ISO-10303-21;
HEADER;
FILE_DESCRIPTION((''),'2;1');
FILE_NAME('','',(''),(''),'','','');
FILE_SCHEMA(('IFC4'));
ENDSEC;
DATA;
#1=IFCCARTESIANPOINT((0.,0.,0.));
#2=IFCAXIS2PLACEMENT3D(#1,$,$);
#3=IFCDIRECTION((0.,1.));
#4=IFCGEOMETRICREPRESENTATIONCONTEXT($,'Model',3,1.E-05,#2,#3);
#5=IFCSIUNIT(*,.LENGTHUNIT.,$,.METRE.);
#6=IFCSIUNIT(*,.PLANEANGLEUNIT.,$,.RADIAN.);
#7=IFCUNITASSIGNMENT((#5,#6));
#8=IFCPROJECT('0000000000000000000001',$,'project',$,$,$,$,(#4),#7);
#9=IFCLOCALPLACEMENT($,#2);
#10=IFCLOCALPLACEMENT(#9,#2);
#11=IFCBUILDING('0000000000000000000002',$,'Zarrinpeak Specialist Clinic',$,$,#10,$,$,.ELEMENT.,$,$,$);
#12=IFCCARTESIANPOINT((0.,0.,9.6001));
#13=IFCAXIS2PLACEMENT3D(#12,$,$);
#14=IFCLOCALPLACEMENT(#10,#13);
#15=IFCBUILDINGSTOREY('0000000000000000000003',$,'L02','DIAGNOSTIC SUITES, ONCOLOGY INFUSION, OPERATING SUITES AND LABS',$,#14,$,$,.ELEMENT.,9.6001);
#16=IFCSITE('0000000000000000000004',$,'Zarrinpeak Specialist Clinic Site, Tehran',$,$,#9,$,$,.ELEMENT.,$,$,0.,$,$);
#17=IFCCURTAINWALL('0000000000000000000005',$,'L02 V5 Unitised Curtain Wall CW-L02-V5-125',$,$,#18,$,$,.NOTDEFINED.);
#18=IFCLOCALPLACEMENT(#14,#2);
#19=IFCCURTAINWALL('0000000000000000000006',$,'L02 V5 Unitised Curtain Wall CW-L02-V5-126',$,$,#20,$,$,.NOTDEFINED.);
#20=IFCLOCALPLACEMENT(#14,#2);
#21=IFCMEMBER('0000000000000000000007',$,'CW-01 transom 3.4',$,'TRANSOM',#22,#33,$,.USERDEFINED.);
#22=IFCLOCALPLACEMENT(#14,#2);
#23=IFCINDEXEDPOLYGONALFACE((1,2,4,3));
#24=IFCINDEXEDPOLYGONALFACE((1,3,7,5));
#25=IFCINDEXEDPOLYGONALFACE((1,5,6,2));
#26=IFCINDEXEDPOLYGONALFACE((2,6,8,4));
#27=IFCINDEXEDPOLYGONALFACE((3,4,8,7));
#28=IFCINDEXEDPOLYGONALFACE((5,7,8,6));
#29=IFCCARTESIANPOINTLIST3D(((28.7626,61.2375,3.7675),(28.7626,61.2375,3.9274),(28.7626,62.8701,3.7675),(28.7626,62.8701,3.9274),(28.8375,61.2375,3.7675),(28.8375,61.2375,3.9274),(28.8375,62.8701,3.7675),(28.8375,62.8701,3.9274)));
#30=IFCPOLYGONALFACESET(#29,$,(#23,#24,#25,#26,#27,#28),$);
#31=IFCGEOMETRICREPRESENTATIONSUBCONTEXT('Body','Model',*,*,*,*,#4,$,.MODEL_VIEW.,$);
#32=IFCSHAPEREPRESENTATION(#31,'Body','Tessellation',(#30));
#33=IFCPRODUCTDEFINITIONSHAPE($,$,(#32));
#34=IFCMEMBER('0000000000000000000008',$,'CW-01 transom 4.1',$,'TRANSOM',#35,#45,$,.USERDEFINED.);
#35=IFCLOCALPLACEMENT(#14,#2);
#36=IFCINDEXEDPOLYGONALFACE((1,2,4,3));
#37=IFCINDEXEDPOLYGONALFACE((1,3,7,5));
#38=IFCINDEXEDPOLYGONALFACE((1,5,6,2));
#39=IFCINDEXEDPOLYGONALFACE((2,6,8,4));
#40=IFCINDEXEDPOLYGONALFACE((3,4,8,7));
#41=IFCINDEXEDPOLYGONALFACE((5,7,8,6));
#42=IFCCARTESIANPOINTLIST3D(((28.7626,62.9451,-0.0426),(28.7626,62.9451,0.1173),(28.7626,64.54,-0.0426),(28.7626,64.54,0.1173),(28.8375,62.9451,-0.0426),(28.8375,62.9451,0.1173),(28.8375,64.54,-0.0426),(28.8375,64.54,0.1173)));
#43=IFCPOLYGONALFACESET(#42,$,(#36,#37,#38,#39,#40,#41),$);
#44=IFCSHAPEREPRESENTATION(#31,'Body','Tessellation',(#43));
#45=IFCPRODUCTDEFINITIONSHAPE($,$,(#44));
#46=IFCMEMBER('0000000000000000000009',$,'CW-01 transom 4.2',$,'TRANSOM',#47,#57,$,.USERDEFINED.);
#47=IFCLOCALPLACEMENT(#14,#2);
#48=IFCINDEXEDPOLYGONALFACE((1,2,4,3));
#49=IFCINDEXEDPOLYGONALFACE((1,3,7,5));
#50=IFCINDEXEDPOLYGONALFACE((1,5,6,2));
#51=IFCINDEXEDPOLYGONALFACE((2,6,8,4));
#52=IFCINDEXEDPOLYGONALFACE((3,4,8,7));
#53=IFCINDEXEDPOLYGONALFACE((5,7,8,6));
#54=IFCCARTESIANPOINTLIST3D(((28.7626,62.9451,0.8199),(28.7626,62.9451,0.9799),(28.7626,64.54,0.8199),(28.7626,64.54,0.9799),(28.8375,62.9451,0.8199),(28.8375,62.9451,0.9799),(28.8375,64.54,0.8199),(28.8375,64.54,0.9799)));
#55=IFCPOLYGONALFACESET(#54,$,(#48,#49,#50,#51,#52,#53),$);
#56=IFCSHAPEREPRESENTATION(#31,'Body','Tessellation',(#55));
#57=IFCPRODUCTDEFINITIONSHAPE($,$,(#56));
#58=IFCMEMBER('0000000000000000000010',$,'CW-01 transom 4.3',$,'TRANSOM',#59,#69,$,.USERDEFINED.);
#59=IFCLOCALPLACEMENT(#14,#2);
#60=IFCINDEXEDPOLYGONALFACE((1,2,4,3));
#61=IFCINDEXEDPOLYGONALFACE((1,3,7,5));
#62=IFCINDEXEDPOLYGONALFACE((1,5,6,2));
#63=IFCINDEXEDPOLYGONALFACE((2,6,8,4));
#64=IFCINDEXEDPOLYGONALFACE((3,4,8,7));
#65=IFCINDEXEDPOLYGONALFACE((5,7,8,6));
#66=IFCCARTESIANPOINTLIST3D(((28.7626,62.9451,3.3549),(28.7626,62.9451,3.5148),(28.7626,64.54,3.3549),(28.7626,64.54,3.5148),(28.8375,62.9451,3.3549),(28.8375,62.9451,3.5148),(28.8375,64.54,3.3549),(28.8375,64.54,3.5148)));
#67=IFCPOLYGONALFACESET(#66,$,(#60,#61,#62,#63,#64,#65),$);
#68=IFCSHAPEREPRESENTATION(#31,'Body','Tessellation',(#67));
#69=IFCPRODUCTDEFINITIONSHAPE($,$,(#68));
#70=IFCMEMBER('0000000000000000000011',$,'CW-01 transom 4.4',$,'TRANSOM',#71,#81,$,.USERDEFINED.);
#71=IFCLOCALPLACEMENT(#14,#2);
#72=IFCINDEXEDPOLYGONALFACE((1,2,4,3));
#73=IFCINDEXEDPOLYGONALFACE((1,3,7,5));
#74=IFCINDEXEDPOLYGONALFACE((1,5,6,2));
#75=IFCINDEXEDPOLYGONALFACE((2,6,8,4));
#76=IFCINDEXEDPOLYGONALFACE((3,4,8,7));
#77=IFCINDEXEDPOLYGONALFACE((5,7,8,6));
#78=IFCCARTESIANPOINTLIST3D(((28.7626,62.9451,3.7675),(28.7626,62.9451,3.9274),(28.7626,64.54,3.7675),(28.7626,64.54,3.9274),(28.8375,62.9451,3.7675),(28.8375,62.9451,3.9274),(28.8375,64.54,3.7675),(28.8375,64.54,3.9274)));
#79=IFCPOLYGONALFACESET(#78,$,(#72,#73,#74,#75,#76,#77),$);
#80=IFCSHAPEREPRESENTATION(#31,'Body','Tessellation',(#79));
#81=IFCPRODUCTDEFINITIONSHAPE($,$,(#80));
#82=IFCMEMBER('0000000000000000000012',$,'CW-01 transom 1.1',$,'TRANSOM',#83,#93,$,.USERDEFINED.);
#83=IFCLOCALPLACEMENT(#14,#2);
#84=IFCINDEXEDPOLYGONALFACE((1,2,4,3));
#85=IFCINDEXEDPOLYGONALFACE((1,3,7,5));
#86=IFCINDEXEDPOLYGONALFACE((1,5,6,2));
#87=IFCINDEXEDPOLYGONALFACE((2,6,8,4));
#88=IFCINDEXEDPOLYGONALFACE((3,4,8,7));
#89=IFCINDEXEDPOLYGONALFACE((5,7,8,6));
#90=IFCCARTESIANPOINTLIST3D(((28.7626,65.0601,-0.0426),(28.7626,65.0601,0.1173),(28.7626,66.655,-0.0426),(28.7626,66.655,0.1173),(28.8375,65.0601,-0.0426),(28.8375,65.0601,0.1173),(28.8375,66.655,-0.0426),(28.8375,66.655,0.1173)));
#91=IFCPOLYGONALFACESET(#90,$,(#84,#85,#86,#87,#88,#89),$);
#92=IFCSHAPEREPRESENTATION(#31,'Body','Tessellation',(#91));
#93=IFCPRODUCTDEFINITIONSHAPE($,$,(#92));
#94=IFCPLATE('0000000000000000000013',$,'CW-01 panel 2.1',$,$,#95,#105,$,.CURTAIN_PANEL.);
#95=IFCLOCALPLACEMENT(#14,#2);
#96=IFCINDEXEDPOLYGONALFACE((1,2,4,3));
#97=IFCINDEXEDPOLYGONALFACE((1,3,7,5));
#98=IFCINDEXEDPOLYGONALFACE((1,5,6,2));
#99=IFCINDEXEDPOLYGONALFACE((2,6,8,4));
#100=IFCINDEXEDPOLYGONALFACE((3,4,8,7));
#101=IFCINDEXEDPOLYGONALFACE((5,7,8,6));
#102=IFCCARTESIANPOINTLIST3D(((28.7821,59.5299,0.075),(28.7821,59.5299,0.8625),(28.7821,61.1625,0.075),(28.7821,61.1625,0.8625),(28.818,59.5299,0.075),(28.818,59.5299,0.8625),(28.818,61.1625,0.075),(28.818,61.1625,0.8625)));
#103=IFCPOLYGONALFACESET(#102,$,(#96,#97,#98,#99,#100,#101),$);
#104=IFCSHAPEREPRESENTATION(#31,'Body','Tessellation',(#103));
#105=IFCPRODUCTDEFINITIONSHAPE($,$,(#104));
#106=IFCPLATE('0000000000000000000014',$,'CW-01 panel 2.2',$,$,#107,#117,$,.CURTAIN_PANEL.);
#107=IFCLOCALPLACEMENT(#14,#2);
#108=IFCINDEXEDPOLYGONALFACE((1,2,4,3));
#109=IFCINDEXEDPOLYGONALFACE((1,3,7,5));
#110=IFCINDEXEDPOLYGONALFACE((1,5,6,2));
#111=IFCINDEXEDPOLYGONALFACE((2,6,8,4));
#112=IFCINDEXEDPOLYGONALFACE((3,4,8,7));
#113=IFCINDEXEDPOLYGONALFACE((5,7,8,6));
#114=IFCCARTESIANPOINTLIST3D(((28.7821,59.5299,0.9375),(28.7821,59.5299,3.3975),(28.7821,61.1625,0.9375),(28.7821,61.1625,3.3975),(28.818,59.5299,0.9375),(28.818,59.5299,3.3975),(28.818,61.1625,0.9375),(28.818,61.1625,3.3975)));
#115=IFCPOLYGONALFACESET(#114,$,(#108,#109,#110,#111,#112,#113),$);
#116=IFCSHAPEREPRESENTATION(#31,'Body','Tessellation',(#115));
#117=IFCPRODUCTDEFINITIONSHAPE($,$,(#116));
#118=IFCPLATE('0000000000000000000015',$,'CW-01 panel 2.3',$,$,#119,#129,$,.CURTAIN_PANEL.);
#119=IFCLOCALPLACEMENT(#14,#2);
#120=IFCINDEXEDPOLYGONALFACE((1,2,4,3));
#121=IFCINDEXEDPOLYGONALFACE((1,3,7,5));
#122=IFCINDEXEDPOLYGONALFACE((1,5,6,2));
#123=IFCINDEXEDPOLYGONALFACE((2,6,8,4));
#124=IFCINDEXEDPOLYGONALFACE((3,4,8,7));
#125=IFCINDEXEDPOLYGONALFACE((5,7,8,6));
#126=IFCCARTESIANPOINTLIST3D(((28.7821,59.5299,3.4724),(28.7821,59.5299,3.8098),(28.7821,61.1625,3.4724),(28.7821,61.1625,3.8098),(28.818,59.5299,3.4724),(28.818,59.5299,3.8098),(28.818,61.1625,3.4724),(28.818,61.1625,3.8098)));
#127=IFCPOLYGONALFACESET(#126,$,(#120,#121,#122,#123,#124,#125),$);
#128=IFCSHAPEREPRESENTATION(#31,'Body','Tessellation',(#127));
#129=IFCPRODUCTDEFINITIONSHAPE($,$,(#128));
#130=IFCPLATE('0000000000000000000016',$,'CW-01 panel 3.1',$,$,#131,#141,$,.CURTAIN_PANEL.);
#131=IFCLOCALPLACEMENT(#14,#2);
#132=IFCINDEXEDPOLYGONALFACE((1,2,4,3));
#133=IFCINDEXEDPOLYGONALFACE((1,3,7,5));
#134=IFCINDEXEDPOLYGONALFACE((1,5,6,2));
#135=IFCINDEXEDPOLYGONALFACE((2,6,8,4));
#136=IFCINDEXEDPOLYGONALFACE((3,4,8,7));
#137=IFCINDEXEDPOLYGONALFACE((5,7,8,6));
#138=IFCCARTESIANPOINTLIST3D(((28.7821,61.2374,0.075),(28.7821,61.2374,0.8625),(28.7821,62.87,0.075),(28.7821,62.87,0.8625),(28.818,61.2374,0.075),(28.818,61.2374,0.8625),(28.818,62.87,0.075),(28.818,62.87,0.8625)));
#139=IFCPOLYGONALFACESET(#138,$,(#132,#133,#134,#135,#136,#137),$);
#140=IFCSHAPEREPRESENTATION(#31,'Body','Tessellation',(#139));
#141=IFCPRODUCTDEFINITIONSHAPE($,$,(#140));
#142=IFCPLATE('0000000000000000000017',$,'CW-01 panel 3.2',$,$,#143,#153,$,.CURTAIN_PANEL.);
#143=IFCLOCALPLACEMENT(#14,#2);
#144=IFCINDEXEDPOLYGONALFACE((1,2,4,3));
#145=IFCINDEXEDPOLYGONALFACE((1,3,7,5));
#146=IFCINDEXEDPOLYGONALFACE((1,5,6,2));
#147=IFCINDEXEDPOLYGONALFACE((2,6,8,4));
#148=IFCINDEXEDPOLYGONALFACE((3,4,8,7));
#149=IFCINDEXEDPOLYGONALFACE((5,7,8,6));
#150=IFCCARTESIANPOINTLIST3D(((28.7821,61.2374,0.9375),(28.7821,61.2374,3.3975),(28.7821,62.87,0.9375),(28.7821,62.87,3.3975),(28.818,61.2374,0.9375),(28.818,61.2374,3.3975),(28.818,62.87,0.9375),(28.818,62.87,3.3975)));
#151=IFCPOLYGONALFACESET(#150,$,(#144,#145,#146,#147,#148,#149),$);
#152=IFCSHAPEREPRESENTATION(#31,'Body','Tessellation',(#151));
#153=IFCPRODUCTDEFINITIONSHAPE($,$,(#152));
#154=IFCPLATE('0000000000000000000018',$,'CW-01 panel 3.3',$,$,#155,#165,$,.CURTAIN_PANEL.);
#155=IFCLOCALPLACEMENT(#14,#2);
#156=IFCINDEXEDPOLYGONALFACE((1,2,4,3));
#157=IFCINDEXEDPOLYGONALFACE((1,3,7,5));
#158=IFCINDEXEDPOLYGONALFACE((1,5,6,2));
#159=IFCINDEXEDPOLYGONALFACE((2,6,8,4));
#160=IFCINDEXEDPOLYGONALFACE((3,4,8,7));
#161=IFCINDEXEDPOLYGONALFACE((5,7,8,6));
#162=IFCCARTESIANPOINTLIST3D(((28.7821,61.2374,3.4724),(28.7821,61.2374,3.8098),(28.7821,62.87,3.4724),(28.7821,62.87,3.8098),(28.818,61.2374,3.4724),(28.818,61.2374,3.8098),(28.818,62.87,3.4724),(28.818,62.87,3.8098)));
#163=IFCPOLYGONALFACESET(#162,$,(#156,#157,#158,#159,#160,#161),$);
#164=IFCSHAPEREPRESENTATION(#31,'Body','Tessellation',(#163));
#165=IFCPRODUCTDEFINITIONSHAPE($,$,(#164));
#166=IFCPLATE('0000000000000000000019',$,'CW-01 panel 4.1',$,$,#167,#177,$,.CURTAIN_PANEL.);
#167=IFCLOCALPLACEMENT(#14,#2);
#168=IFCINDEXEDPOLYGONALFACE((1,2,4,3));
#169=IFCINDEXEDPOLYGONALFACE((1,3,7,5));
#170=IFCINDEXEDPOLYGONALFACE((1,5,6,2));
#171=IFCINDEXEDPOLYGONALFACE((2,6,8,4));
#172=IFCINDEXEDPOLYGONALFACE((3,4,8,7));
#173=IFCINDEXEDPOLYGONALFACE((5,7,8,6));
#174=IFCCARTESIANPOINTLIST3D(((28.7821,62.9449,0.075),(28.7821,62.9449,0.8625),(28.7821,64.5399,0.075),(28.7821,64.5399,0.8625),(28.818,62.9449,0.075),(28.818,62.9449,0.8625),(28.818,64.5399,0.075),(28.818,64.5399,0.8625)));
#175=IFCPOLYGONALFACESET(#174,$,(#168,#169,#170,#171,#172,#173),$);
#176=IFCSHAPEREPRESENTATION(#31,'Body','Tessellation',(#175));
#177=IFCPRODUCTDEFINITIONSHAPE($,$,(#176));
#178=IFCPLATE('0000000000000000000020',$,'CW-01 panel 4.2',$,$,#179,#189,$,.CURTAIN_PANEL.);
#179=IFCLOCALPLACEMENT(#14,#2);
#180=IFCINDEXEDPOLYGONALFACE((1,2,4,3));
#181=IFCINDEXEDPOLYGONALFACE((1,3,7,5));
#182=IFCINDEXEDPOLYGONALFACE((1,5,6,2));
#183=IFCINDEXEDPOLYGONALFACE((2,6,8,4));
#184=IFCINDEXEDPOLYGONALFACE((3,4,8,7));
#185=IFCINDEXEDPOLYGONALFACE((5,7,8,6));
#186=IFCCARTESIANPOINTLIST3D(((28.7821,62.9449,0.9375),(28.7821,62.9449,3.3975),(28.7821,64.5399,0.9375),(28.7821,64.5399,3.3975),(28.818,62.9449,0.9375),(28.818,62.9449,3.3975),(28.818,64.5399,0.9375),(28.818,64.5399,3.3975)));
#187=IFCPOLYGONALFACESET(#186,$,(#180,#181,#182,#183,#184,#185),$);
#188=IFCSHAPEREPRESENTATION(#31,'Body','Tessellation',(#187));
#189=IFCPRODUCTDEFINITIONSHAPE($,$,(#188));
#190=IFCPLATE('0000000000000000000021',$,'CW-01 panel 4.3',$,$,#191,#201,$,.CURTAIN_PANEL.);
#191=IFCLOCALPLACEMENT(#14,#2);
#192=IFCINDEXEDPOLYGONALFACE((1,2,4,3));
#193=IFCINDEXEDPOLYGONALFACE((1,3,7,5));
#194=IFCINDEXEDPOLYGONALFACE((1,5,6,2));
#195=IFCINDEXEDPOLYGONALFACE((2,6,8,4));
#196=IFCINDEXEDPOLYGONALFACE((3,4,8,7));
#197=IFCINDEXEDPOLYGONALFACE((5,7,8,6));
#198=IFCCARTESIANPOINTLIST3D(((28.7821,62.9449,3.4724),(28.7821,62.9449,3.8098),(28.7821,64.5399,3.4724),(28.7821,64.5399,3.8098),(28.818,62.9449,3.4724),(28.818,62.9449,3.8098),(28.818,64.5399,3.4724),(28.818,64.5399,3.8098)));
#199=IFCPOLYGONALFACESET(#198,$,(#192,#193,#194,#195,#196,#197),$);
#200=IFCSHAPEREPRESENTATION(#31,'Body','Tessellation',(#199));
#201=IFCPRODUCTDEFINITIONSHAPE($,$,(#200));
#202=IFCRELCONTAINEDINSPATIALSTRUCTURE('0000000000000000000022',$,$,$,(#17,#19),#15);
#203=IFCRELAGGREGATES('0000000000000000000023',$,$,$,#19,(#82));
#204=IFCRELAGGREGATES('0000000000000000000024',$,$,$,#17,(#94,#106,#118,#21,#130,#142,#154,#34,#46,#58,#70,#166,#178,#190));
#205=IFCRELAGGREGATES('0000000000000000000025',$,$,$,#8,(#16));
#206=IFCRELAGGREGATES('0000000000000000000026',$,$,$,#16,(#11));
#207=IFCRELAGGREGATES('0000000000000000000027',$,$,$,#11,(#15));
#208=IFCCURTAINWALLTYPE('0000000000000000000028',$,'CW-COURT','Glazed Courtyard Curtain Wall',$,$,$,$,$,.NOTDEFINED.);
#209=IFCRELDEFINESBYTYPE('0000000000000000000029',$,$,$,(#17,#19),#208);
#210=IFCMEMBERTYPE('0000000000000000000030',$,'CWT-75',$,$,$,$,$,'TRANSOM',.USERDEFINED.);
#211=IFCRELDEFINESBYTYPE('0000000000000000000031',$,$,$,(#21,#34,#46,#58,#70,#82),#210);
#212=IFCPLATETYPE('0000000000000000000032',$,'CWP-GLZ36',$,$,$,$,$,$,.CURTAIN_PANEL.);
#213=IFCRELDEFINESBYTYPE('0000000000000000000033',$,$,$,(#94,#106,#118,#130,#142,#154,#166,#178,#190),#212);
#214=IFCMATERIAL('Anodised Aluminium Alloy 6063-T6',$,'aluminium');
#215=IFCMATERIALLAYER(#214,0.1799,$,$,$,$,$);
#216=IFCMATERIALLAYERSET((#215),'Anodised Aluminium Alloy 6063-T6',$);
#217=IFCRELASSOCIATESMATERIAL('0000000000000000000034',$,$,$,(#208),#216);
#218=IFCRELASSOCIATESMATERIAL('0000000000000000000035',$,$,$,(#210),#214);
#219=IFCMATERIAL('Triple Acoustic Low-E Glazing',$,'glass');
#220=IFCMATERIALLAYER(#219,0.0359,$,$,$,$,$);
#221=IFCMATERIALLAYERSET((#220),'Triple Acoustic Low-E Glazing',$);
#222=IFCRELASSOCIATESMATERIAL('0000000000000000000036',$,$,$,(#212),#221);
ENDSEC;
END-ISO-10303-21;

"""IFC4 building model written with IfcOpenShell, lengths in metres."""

from ifc_helpers import new_model, si_unit, direction, frame, origin, origin_2d, place, context, subcontext, project, spatial, rectangle, extrude, material, layer, layer_set, material_profile, profile_set, type_object, element, aggregate, save


model = new_model("IFC4")

# Units and contexts
model_context = context("Model", 3, precision=1e-05, world=origin(), true_north=direction((0.0, 1.0)))
body_context = subcontext(model_context, "Body", "Model", "MODEL_VIEW")
ifc_project = project(units=[si_unit("LENGTHUNIT", "METRE"), si_unit("PLANEANGLEUNIT", "RADIAN")], contexts=[model_context])

# Site, building, storey
site_placement = place(None, origin())
site = spatial("IfcSite", under=ifc_project, at=site_placement, Name="Zarrinpeak Specialist Clinic Site, Tehran", CompositionType="ELEMENT", RefElevation=0.0)
building_placement = place(site_placement, origin())
building = spatial("IfcBuilding", under=site, at=building_placement, Name="Zarrinpeak Specialist Clinic", CompositionType="ELEMENT")
storey_placement = place(building_placement, frame((0.0, 0.0, 9.6001)))
storey = spatial("IfcBuildingStorey", under=building, at=storey_placement, Name="L02", Description="DIAGNOSTIC SUITES, ONCOLOGY INFUSION, OPERATING SUITES AND LABS", CompositionType="ELEMENT", Elevation=9.6001)

# Curtain wall
ifc_material_1 = material(Name="Anodised Aluminium Alloy 6063-T6", Category="aluminium")
ifc_layer_1 = layer(ifc_material_1, 0.1799)
ifc_layer_set_1 = layer_set([ifc_layer_1], Name="Anodised Aluminium Alloy 6063-T6")
curtain_wall_type = type_object("IfcCurtainWallType", Name="CW-COURT", Description="Glazed Courtyard Curtain Wall", PredefinedType="NOTDEFINED", material=ifc_layer_set_1)
curtain_wall_1_placement = place(storey_placement, origin())
curtain_wall_1 = element("IfcCurtainWall", 1, at=curtain_wall_1_placement, inside=storey, type_object=curtain_wall_type, Name="L02 V5 Unitised Curtain Wall CW-L02-V5-125", PredefinedType="NOTDEFINED")

# Curtain wall
curtain_wall_2_placement = place(storey_placement, origin())
curtain_wall_2 = element("IfcCurtainWall", 2, at=curtain_wall_2_placement, inside=storey, type_object=curtain_wall_type, Name="L02 V5 Unitised Curtain Wall CW-L02-V5-126", PredefinedType="NOTDEFINED")

# Members
ifc_material_profile_1 = material_profile(ifc_material_1, rectangle(XDim=0.075, YDim=0.1599, at=origin_2d()), Name="ALU 75x160")
ifc_profile_set_1 = profile_set([ifc_material_profile_1], Name="Anodised Aluminium Alloy 6063-T6")
member_type_1 = type_object("IfcMemberType", Name="CWT-75", ElementType="TRANSOM", PredefinedType="USERDEFINED", material=ifc_profile_set_1)
member_1_placement = place(storey_placement, frame((28.8, 61.2375, 3.8474), z_axis=(0.0, 1.0, 0.0), x_axis=(-1.0, 0.0, 0.0)))
member_1 = element("IfcMember", 3, at=member_1_placement, type_object=member_type_1, Name="CW-01 transom 3.4", ObjectType="TRANSOM", PredefinedType="USERDEFINED", context=body_context, shape_type="SweptSolid", body=[
    extrude(rectangle(XDim=0.075, YDim=0.1599, at=origin_2d()), origin(), (0.0, 0.0, 1.0), 1.6326),
])
member_2_placement = place(storey_placement, frame((28.8, 62.9451, 0.0374), z_axis=(0.0, 1.0, 0.0), x_axis=(-1.0, 0.0, 0.0)))
member_2 = element("IfcMember", 4, at=member_2_placement, type_object=member_type_1, Name="CW-01 transom 4.1", ObjectType="TRANSOM", PredefinedType="USERDEFINED", context=body_context, shape_type="SweptSolid", body=[
    extrude(rectangle(XDim=0.075, YDim=0.1599, at=origin_2d()), origin(), (0.0, 0.0, 1.0), 1.595),
])
member_3_placement = place(storey_placement, frame((28.8, 62.9451, 0.8999), z_axis=(0.0, 1.0, 0.0), x_axis=(-1.0, 0.0, 0.0)))
member_3 = element("IfcMember", 5, at=member_3_placement, type_object=member_type_1, Name="CW-01 transom 4.2", ObjectType="TRANSOM", PredefinedType="USERDEFINED", context=body_context, shape_type="SweptSolid", body=[
    extrude(rectangle(XDim=0.075, YDim=0.1599, at=origin_2d()), origin(), (0.0, 0.0, 1.0), 1.595),
])
member_4_placement = place(storey_placement, frame((28.8, 62.9451, 3.4348), z_axis=(0.0, 1.0, 0.0), x_axis=(-1.0, 0.0, 0.0)))
member_4 = element("IfcMember", 6, at=member_4_placement, type_object=member_type_1, Name="CW-01 transom 4.3", ObjectType="TRANSOM", PredefinedType="USERDEFINED", context=body_context, shape_type="SweptSolid", body=[
    extrude(rectangle(XDim=0.075, YDim=0.1599, at=origin_2d()), origin(), (0.0, 0.0, 1.0), 1.595),
])
member_5_placement = place(storey_placement, frame((28.8, 62.9451, 3.8474), z_axis=(0.0, 1.0, 0.0), x_axis=(-1.0, 0.0, 0.0)))
member_5 = element("IfcMember", 7, at=member_5_placement, type_object=member_type_1, Name="CW-01 transom 4.4", ObjectType="TRANSOM", PredefinedType="USERDEFINED", context=body_context, shape_type="SweptSolid", body=[
    extrude(rectangle(XDim=0.075, YDim=0.1599, at=origin_2d()), origin(), (0.0, 0.0, 1.0), 1.595),
])
member_6_placement = place(storey_placement, frame((28.8, 65.0601, 0.0374), z_axis=(0.0, 1.0, 0.0), x_axis=(-1.0, 0.0, 0.0)))
member_6 = element("IfcMember", 8, at=member_6_placement, type_object=member_type_1, Name="CW-01 transom 1.1", ObjectType="TRANSOM", PredefinedType="USERDEFINED", context=body_context, shape_type="SweptSolid", body=[
    extrude(rectangle(XDim=0.075, YDim=0.1599, at=origin_2d()), origin(), (0.0, 0.0, 1.0), 1.595),
])
aggregate(curtain_wall_2, [member_6])

# Plates
ifc_material_2 = material(Name="Triple Acoustic Low-E Glazing", Category="glass")
ifc_layer_2 = layer(ifc_material_2, 0.0359)
ifc_layer_set_2 = layer_set([ifc_layer_2], Name="Triple Acoustic Low-E Glazing")
plate_type = type_object("IfcPlateType", Name="CWP-GLZ36", PredefinedType="CURTAIN_PANEL", material=ifc_layer_set_2)
plate_1_placement = place(storey_placement, frame((28.8, 60.3462, 0.075), z_axis=(0.0, 0.0, 1.0), x_axis=(0.0, 1.0, 0.0)))
plate_1 = element("IfcPlate", 9, at=plate_1_placement, type_object=plate_type, Name="CW-01 panel 2.1", PredefinedType="CURTAIN_PANEL", context=body_context, shape_type="SweptSolid", body=[
    extrude(rectangle(XDim=1.6326, YDim=0.0359, at=origin_2d()), origin(), (0.0, 0.0, 1.0), 0.7876),
])
plate_2_placement = place(storey_placement, frame((28.8, 60.3462, 0.9375), z_axis=(0.0, 0.0, 1.0), x_axis=(0.0, 1.0, 0.0)))
plate_2 = element("IfcPlate", 10, at=plate_2_placement, type_object=plate_type, Name="CW-01 panel 2.2", PredefinedType="CURTAIN_PANEL", context=body_context, shape_type="SweptSolid", body=[
    extrude(rectangle(XDim=1.6326, YDim=0.0359, at=origin_2d()), origin(), (0.0, 0.0, 1.0), 2.46),
])
plate_3_placement = place(storey_placement, frame((28.8, 60.3462, 3.4724), z_axis=(0.0, 0.0, 1.0), x_axis=(0.0, 1.0, 0.0)))
plate_3 = element("IfcPlate", 11, at=plate_3_placement, type_object=plate_type, Name="CW-01 panel 2.3", PredefinedType="CURTAIN_PANEL", context=body_context, shape_type="SweptSolid", body=[
    extrude(rectangle(XDim=1.6326, YDim=0.0359, at=origin_2d()), origin(), (0.0, 0.0, 1.0), 0.3374),
])
plate_4_placement = place(storey_placement, frame((28.8, 62.0537, 0.075), z_axis=(0.0, 0.0, 1.0), x_axis=(0.0, 1.0, 0.0)))
plate_4 = element("IfcPlate", 12, at=plate_4_placement, type_object=plate_type, Name="CW-01 panel 3.1", PredefinedType="CURTAIN_PANEL", context=body_context, shape_type="SweptSolid", body=[
    extrude(rectangle(XDim=1.6326, YDim=0.0359, at=origin_2d()), origin(), (0.0, 0.0, 1.0), 0.7876),
])
plate_5_placement = place(storey_placement, frame((28.8, 62.0537, 0.9375), z_axis=(0.0, 0.0, 1.0), x_axis=(0.0, 1.0, 0.0)))
plate_5 = element("IfcPlate", 13, at=plate_5_placement, type_object=plate_type, Name="CW-01 panel 3.2", PredefinedType="CURTAIN_PANEL", context=body_context, shape_type="SweptSolid", body=[
    extrude(rectangle(XDim=1.6326, YDim=0.0359, at=origin_2d()), origin(), (0.0, 0.0, 1.0), 2.46),
])
plate_6_placement = place(storey_placement, frame((28.8, 62.0537, 3.4724), z_axis=(0.0, 0.0, 1.0), x_axis=(0.0, 1.0, 0.0)))
plate_6 = element("IfcPlate", 14, at=plate_6_placement, type_object=plate_type, Name="CW-01 panel 3.3", PredefinedType="CURTAIN_PANEL", context=body_context, shape_type="SweptSolid", body=[
    extrude(rectangle(XDim=1.6326, YDim=0.0359, at=origin_2d()), origin(), (0.0, 0.0, 1.0), 0.3374),
])
plate_7_placement = place(storey_placement, frame((28.8, 63.7424, 0.075), z_axis=(0.0, 0.0, 1.0), x_axis=(0.0, 1.0, 0.0)))
plate_7 = element("IfcPlate", 15, at=plate_7_placement, type_object=plate_type, Name="CW-01 panel 4.1", PredefinedType="CURTAIN_PANEL", context=body_context, shape_type="SweptSolid", body=[
    extrude(rectangle(XDim=1.595, YDim=0.0359, at=origin_2d()), origin(), (0.0, 0.0, 1.0), 0.7876),
])
plate_8_placement = place(storey_placement, frame((28.8, 63.7424, 0.9375), z_axis=(0.0, 0.0, 1.0), x_axis=(0.0, 1.0, 0.0)))
plate_8 = element("IfcPlate", 16, at=plate_8_placement, type_object=plate_type, Name="CW-01 panel 4.2", PredefinedType="CURTAIN_PANEL", context=body_context, shape_type="SweptSolid", body=[
    extrude(rectangle(XDim=1.595, YDim=0.0359, at=origin_2d()), origin(), (0.0, 0.0, 1.0), 2.46),
])
plate_9_placement = place(storey_placement, frame((28.8, 63.7424, 3.4724), z_axis=(0.0, 0.0, 1.0), x_axis=(0.0, 1.0, 0.0)))
plate_9 = element("IfcPlate", 17, at=plate_9_placement, type_object=plate_type, Name="CW-01 panel 4.3", PredefinedType="CURTAIN_PANEL", context=body_context, shape_type="SweptSolid", body=[
    extrude(rectangle(XDim=1.595, YDim=0.0359, at=origin_2d()), origin(), (0.0, 0.0, 1.0), 0.3374),
])
aggregate(curtain_wall_1, [plate_1, plate_2, plate_3, member_1, plate_4, plate_5, plate_6, member_2, member_3, member_4, member_5, plate_7, plate_8, plate_9])

save(model, "model.ifc")
